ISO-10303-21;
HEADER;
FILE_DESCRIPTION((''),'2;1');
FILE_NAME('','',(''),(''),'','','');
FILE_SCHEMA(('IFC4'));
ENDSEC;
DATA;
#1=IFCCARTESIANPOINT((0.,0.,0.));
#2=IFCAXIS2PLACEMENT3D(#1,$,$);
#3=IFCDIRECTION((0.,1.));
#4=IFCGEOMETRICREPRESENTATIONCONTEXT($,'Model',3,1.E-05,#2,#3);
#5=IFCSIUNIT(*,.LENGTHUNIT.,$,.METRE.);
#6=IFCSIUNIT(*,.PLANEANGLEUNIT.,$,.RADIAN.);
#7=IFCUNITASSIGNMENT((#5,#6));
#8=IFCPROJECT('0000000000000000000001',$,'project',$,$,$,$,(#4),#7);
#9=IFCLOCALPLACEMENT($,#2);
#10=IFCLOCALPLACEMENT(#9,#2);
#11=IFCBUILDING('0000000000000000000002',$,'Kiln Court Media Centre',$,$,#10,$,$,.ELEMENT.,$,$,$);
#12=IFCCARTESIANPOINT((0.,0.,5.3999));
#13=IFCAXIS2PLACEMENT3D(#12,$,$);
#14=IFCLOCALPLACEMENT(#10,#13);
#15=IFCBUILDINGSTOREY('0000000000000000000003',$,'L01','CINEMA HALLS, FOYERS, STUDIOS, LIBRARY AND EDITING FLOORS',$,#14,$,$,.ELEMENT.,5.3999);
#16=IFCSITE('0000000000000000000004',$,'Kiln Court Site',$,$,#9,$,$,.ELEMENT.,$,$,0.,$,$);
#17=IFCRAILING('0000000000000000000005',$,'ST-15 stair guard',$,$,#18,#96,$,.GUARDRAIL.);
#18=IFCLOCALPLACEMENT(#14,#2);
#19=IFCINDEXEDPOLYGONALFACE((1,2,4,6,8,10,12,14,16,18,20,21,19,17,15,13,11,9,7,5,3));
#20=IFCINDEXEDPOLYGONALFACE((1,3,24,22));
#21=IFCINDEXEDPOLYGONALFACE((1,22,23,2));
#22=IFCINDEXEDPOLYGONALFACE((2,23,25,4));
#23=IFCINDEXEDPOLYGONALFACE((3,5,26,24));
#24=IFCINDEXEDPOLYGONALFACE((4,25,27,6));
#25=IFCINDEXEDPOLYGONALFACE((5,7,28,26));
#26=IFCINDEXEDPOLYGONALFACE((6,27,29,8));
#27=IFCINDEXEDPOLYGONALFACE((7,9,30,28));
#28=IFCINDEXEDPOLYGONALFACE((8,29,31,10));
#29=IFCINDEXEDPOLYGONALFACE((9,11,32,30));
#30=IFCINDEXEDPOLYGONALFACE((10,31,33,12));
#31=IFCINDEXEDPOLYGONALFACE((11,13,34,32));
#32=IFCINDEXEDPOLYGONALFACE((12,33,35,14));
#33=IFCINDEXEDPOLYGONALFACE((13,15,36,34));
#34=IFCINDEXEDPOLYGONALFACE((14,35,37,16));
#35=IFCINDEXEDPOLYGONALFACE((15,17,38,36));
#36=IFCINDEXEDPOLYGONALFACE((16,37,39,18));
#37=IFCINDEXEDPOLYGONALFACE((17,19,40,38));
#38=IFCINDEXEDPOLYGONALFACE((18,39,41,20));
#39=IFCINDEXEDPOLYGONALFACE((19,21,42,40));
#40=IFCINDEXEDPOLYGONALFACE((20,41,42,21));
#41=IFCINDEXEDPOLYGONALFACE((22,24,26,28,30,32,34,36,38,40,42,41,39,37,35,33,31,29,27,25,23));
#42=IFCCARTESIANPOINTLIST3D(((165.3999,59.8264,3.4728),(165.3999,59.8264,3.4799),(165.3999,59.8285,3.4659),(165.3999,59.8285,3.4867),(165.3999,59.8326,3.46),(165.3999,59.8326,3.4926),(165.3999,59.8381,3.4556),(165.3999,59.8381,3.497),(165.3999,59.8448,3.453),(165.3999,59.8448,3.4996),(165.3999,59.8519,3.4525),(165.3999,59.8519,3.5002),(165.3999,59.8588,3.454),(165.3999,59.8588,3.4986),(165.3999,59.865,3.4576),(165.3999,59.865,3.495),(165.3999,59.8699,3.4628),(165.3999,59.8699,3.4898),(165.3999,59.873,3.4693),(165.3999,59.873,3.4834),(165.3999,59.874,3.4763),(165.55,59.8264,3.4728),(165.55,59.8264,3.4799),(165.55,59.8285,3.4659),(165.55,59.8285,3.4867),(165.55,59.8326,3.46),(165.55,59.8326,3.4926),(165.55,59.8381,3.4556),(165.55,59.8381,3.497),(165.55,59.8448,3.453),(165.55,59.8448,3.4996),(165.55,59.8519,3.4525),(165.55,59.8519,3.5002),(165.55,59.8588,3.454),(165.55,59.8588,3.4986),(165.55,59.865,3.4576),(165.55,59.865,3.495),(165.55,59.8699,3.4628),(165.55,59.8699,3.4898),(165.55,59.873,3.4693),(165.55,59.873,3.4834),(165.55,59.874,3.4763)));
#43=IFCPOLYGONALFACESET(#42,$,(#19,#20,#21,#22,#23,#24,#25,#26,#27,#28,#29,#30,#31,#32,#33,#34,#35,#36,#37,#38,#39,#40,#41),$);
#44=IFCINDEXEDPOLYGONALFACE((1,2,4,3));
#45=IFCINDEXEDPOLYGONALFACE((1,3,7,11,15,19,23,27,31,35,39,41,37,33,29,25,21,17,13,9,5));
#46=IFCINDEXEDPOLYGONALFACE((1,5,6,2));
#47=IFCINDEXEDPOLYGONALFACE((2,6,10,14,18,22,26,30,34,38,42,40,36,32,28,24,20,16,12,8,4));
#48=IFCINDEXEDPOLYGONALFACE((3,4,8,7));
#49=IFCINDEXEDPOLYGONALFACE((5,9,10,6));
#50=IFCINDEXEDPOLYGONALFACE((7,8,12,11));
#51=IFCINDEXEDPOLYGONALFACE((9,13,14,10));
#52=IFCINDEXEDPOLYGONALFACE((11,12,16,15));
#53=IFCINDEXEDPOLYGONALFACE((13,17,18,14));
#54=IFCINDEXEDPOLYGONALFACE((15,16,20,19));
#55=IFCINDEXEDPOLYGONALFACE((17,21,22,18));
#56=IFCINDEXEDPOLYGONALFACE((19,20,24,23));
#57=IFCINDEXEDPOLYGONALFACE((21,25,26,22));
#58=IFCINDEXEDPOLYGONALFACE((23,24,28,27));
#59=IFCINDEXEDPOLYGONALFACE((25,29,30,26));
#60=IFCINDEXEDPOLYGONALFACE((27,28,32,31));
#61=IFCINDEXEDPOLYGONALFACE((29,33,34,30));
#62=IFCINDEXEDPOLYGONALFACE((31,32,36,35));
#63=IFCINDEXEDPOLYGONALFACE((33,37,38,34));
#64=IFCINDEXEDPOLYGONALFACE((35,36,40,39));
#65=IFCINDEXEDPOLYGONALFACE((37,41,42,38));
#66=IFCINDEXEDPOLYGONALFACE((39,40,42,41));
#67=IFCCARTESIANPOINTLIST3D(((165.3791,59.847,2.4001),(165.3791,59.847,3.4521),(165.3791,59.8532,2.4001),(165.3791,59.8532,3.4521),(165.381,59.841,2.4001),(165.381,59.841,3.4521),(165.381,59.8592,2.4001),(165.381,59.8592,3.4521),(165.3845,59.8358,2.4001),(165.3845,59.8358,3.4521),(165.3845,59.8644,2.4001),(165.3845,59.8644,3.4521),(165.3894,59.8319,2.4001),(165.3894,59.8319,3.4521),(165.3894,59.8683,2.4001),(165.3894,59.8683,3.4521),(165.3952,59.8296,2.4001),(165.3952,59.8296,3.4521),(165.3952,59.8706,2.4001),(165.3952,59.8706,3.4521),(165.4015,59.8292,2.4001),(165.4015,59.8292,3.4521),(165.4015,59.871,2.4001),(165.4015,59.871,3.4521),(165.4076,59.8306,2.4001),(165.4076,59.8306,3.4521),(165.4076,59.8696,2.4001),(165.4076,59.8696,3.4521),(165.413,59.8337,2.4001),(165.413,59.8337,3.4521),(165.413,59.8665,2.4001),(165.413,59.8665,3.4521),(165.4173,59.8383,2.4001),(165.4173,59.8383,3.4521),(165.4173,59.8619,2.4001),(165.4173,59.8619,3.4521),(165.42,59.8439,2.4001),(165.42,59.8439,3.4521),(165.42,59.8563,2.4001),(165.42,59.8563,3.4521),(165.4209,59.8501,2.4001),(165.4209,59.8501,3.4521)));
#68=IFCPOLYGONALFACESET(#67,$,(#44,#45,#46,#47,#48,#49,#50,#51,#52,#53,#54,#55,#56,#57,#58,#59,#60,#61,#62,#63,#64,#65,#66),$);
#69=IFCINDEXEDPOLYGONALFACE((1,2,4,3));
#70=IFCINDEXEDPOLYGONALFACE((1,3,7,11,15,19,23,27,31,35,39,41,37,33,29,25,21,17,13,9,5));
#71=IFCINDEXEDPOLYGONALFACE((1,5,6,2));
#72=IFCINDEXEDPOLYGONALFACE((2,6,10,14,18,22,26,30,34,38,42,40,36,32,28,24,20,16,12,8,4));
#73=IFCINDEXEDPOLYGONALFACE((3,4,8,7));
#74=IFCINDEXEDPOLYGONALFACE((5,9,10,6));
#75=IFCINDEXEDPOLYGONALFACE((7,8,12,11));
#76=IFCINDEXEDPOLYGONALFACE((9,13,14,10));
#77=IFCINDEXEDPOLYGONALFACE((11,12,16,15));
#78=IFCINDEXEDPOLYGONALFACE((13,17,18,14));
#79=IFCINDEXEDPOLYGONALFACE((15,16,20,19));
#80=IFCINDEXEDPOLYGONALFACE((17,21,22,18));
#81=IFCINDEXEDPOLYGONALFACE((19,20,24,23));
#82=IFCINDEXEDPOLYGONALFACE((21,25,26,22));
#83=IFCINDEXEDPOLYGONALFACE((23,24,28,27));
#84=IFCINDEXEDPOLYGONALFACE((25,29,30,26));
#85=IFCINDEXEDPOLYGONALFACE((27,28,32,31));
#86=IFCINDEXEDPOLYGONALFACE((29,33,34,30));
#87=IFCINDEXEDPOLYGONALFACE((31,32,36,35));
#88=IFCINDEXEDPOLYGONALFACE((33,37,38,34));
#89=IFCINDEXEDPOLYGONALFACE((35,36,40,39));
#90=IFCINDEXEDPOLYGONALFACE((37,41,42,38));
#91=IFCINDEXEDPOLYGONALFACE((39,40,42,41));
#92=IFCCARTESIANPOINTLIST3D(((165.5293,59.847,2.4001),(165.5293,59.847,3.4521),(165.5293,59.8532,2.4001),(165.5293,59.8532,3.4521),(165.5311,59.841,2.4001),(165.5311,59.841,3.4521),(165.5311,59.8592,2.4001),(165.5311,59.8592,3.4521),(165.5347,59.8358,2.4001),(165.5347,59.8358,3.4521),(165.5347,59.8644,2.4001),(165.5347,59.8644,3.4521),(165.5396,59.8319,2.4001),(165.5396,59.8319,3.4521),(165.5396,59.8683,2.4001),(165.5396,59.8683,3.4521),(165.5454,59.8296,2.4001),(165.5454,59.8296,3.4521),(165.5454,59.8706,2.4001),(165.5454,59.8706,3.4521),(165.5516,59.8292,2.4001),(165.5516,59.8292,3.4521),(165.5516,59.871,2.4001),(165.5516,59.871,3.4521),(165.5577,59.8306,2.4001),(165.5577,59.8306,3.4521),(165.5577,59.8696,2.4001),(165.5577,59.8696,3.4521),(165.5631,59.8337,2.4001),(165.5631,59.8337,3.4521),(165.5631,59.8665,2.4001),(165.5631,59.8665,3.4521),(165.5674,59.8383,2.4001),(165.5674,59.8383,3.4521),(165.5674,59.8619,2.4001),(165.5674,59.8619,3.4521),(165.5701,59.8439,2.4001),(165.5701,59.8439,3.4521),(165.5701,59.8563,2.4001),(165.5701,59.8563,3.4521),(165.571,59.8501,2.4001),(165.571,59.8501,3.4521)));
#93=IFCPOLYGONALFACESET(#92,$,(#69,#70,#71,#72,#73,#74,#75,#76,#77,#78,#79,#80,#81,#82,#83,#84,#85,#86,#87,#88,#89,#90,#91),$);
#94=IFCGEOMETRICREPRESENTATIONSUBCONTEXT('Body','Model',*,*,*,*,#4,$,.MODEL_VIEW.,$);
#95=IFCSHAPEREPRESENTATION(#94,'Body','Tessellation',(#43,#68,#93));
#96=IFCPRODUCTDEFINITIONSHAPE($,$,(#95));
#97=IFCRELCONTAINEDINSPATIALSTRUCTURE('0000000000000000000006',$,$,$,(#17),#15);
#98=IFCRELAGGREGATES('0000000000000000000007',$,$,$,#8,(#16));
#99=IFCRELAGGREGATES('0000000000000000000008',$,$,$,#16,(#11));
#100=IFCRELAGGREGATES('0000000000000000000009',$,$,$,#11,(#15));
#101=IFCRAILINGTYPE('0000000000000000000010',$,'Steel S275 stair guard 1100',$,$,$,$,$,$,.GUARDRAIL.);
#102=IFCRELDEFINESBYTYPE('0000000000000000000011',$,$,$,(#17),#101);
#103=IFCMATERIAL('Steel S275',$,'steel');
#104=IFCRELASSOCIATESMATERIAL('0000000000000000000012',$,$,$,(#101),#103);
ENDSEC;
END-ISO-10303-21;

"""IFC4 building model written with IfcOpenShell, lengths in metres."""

from ifc_helpers import new_model, si_unit, direction, frame, origin, origin_2d, place, context, subcontext, project, spatial, circle, extrude, material, type_object, element, save


model = new_model("IFC4")

# Units and contexts
model_context = context("Model", 3, precision=1e-05, world=origin(), true_north=direction((0.0, 1.0)))
body_context = subcontext(model_context, "Body", "Model", "MODEL_VIEW")
ifc_project = project(units=[si_unit("LENGTHUNIT", "METRE"), si_unit("PLANEANGLEUNIT", "RADIAN")], contexts=[model_context])

# Site, building, storey
site_placement = place(None, origin())
site = spatial("IfcSite", under=ifc_project, at=site_placement, Name="Kiln Court Site", CompositionType="ELEMENT", RefElevation=0.0)
building_placement = place(site_placement, origin())
building = spatial("IfcBuilding", under=site, at=building_placement, Name="Kiln Court Media Centre", CompositionType="ELEMENT")
storey_placement = place(building_placement, frame((0.0, 0.0, 5.3999)))
storey = spatial("IfcBuildingStorey", under=building, at=storey_placement, Name="L01", Description="CINEMA HALLS, FOYERS, STUDIOS, LIBRARY AND EDITING FLOORS", CompositionType="ELEMENT", Elevation=5.3999)

# Railing
ifc_material_1 = material(Name="Steel S275", Category="steel")
railing_type_1 = type_object("IfcRailingType", Name="Steel S275 stair guard 1100", PredefinedType="GUARDRAIL", material=ifc_material_1)
railing_1_placement = place(storey_placement, frame((165.3999, 59.8501, 2.4001)))
element("IfcRailing", 1, at=railing_1_placement, inside=storey, type_object=railing_type_1, Name="ST-15 stair guard", PredefinedType="GUARDRAIL", context=body_context, shape_type="SweptSolid", body=[
    extrude(circle(Radius=0.0239, at=origin_2d()), frame((0.0, 0.0, 1.0762), z_axis=(1.0, 0.0, 0.0), x_axis=(0.0, 1.0, 0.0)), (0.0, 0.0, 1.0), 0.1501),
    extrude(circle(Radius=0.021, at=origin_2d()), origin(), (0.0, 0.0, 1.0), 1.052),
    extrude(circle(Radius=0.021, at=origin_2d()), frame((0.1501, 0.0, 0.0)), (0.0, 0.0, 1.0), 1.052),
])

save(model, "model.ifc")
